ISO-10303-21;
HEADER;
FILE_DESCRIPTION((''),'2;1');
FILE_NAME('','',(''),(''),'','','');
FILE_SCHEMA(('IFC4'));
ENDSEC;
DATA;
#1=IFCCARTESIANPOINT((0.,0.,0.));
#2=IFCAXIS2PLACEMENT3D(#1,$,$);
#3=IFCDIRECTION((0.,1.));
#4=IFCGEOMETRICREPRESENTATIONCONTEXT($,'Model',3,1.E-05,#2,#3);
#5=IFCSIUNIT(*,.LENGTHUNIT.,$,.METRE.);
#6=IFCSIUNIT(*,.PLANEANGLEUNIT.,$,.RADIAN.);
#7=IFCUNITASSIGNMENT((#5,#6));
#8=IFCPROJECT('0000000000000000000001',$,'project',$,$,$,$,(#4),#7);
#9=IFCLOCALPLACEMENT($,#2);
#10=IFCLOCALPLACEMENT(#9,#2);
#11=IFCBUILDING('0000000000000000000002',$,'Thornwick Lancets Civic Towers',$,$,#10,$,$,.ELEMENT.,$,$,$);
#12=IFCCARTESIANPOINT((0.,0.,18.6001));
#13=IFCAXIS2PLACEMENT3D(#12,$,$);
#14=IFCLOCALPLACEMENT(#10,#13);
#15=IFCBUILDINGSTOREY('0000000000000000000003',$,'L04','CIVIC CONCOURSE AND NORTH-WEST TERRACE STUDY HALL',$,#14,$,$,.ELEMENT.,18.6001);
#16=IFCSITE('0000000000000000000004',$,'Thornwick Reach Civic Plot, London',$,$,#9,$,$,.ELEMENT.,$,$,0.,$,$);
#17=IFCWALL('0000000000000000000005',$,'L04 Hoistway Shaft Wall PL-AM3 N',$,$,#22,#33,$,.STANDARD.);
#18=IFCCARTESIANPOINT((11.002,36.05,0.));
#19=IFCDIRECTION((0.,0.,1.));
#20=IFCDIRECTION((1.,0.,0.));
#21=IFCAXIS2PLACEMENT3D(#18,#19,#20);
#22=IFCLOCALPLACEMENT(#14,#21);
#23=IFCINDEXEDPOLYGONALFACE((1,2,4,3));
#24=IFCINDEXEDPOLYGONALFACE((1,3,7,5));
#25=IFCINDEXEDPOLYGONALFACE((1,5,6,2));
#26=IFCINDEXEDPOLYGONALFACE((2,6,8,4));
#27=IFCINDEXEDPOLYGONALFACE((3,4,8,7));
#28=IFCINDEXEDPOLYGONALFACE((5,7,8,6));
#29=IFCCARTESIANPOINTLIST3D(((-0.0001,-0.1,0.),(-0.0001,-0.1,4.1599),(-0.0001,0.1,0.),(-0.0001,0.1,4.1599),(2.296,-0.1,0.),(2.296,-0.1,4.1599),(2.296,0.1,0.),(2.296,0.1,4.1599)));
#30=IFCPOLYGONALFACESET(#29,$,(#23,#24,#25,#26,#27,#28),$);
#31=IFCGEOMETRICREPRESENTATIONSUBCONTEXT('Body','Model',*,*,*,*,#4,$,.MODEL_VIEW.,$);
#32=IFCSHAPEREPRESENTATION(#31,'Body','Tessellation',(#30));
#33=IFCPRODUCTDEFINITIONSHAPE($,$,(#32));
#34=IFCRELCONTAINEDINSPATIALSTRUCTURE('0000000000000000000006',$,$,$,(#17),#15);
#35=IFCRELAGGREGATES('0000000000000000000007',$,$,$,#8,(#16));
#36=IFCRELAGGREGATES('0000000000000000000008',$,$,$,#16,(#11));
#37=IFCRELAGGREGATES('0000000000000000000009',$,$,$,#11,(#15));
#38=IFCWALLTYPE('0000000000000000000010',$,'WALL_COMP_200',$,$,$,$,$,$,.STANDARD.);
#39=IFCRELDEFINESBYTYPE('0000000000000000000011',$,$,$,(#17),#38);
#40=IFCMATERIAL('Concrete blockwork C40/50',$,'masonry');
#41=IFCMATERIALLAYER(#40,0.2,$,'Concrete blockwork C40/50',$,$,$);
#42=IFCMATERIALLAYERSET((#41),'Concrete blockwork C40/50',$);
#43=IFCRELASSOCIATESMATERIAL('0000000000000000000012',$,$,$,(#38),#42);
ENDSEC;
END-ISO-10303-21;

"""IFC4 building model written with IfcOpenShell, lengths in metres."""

from ifc_helpers import new_model, si_unit, direction, frame, frame_2d, origin, place, context, subcontext, project, spatial, rectangle, extrude, material, layer, layer_set, type_object, element, save


model = new_model("IFC4")

# Units and contexts
model_context = context("Model", 3, precision=1e-05, world=origin(), true_north=direction((0.0, 1.0)))
body_context = subcontext(model_context, "Body", "Model", "MODEL_VIEW")
ifc_project = project(units=[si_unit("LENGTHUNIT", "METRE"), si_unit("PLANEANGLEUNIT", "RADIAN")], contexts=[model_context])

# Site, building, storey
site_placement = place(None, origin())
site = spatial("IfcSite", under=ifc_project, at=site_placement, Name="Thornwick Reach Civic Plot, London", CompositionType="ELEMENT", RefElevation=0.0)
building_placement = place(site_placement, origin())
building = spatial("IfcBuilding", under=site, at=building_placement, Name="Thornwick Lancets Civic Towers", CompositionType="ELEMENT")
storey_placement = place(building_placement, frame((0.0, 0.0, 18.6001)))
storey = spatial("IfcBuildingStorey", under=building, at=storey_placement, Name="L04", Description="CIVIC CONCOURSE AND NORTH-WEST TERRACE STUDY HALL", CompositionType="ELEMENT", Elevation=18.6001)

# Shared definitions
ifc_material_1 = material(Name="Concrete blockwork C40/50", Category="masonry")
ifc_layer_1 = layer(ifc_material_1, 0.2, Name="Concrete blockwork C40/50")
ifc_layer_set_1 = layer_set([ifc_layer_1], Name="Concrete blockwork C40/50")
wall_type_1 = type_object("IfcWallType", Name="WALL_COMP_200", PredefinedType="STANDARD", material=ifc_layer_set_1)

# Wall
wall_1_placement = place(storey_placement, frame((11.002, 36.05, 0.0), z_axis=(0.0, 0.0, 1.0), x_axis=(1.0, 0.0, 0.0)))
element("IfcWall", 1, at=wall_1_placement, inside=storey, type_object=wall_type_1, Name="L04 Hoistway Shaft Wall PL-AM3 N", PredefinedType="STANDARD", context=body_context, shape_type="SweptSolid", body=[
    extrude(rectangle(XDim=2.2961, YDim=0.2, at=frame_2d((1.1479, 0.0))), origin(), (0.0, 0.0, 1.0), 4.1599),
])

save(model, "model.ifc")
